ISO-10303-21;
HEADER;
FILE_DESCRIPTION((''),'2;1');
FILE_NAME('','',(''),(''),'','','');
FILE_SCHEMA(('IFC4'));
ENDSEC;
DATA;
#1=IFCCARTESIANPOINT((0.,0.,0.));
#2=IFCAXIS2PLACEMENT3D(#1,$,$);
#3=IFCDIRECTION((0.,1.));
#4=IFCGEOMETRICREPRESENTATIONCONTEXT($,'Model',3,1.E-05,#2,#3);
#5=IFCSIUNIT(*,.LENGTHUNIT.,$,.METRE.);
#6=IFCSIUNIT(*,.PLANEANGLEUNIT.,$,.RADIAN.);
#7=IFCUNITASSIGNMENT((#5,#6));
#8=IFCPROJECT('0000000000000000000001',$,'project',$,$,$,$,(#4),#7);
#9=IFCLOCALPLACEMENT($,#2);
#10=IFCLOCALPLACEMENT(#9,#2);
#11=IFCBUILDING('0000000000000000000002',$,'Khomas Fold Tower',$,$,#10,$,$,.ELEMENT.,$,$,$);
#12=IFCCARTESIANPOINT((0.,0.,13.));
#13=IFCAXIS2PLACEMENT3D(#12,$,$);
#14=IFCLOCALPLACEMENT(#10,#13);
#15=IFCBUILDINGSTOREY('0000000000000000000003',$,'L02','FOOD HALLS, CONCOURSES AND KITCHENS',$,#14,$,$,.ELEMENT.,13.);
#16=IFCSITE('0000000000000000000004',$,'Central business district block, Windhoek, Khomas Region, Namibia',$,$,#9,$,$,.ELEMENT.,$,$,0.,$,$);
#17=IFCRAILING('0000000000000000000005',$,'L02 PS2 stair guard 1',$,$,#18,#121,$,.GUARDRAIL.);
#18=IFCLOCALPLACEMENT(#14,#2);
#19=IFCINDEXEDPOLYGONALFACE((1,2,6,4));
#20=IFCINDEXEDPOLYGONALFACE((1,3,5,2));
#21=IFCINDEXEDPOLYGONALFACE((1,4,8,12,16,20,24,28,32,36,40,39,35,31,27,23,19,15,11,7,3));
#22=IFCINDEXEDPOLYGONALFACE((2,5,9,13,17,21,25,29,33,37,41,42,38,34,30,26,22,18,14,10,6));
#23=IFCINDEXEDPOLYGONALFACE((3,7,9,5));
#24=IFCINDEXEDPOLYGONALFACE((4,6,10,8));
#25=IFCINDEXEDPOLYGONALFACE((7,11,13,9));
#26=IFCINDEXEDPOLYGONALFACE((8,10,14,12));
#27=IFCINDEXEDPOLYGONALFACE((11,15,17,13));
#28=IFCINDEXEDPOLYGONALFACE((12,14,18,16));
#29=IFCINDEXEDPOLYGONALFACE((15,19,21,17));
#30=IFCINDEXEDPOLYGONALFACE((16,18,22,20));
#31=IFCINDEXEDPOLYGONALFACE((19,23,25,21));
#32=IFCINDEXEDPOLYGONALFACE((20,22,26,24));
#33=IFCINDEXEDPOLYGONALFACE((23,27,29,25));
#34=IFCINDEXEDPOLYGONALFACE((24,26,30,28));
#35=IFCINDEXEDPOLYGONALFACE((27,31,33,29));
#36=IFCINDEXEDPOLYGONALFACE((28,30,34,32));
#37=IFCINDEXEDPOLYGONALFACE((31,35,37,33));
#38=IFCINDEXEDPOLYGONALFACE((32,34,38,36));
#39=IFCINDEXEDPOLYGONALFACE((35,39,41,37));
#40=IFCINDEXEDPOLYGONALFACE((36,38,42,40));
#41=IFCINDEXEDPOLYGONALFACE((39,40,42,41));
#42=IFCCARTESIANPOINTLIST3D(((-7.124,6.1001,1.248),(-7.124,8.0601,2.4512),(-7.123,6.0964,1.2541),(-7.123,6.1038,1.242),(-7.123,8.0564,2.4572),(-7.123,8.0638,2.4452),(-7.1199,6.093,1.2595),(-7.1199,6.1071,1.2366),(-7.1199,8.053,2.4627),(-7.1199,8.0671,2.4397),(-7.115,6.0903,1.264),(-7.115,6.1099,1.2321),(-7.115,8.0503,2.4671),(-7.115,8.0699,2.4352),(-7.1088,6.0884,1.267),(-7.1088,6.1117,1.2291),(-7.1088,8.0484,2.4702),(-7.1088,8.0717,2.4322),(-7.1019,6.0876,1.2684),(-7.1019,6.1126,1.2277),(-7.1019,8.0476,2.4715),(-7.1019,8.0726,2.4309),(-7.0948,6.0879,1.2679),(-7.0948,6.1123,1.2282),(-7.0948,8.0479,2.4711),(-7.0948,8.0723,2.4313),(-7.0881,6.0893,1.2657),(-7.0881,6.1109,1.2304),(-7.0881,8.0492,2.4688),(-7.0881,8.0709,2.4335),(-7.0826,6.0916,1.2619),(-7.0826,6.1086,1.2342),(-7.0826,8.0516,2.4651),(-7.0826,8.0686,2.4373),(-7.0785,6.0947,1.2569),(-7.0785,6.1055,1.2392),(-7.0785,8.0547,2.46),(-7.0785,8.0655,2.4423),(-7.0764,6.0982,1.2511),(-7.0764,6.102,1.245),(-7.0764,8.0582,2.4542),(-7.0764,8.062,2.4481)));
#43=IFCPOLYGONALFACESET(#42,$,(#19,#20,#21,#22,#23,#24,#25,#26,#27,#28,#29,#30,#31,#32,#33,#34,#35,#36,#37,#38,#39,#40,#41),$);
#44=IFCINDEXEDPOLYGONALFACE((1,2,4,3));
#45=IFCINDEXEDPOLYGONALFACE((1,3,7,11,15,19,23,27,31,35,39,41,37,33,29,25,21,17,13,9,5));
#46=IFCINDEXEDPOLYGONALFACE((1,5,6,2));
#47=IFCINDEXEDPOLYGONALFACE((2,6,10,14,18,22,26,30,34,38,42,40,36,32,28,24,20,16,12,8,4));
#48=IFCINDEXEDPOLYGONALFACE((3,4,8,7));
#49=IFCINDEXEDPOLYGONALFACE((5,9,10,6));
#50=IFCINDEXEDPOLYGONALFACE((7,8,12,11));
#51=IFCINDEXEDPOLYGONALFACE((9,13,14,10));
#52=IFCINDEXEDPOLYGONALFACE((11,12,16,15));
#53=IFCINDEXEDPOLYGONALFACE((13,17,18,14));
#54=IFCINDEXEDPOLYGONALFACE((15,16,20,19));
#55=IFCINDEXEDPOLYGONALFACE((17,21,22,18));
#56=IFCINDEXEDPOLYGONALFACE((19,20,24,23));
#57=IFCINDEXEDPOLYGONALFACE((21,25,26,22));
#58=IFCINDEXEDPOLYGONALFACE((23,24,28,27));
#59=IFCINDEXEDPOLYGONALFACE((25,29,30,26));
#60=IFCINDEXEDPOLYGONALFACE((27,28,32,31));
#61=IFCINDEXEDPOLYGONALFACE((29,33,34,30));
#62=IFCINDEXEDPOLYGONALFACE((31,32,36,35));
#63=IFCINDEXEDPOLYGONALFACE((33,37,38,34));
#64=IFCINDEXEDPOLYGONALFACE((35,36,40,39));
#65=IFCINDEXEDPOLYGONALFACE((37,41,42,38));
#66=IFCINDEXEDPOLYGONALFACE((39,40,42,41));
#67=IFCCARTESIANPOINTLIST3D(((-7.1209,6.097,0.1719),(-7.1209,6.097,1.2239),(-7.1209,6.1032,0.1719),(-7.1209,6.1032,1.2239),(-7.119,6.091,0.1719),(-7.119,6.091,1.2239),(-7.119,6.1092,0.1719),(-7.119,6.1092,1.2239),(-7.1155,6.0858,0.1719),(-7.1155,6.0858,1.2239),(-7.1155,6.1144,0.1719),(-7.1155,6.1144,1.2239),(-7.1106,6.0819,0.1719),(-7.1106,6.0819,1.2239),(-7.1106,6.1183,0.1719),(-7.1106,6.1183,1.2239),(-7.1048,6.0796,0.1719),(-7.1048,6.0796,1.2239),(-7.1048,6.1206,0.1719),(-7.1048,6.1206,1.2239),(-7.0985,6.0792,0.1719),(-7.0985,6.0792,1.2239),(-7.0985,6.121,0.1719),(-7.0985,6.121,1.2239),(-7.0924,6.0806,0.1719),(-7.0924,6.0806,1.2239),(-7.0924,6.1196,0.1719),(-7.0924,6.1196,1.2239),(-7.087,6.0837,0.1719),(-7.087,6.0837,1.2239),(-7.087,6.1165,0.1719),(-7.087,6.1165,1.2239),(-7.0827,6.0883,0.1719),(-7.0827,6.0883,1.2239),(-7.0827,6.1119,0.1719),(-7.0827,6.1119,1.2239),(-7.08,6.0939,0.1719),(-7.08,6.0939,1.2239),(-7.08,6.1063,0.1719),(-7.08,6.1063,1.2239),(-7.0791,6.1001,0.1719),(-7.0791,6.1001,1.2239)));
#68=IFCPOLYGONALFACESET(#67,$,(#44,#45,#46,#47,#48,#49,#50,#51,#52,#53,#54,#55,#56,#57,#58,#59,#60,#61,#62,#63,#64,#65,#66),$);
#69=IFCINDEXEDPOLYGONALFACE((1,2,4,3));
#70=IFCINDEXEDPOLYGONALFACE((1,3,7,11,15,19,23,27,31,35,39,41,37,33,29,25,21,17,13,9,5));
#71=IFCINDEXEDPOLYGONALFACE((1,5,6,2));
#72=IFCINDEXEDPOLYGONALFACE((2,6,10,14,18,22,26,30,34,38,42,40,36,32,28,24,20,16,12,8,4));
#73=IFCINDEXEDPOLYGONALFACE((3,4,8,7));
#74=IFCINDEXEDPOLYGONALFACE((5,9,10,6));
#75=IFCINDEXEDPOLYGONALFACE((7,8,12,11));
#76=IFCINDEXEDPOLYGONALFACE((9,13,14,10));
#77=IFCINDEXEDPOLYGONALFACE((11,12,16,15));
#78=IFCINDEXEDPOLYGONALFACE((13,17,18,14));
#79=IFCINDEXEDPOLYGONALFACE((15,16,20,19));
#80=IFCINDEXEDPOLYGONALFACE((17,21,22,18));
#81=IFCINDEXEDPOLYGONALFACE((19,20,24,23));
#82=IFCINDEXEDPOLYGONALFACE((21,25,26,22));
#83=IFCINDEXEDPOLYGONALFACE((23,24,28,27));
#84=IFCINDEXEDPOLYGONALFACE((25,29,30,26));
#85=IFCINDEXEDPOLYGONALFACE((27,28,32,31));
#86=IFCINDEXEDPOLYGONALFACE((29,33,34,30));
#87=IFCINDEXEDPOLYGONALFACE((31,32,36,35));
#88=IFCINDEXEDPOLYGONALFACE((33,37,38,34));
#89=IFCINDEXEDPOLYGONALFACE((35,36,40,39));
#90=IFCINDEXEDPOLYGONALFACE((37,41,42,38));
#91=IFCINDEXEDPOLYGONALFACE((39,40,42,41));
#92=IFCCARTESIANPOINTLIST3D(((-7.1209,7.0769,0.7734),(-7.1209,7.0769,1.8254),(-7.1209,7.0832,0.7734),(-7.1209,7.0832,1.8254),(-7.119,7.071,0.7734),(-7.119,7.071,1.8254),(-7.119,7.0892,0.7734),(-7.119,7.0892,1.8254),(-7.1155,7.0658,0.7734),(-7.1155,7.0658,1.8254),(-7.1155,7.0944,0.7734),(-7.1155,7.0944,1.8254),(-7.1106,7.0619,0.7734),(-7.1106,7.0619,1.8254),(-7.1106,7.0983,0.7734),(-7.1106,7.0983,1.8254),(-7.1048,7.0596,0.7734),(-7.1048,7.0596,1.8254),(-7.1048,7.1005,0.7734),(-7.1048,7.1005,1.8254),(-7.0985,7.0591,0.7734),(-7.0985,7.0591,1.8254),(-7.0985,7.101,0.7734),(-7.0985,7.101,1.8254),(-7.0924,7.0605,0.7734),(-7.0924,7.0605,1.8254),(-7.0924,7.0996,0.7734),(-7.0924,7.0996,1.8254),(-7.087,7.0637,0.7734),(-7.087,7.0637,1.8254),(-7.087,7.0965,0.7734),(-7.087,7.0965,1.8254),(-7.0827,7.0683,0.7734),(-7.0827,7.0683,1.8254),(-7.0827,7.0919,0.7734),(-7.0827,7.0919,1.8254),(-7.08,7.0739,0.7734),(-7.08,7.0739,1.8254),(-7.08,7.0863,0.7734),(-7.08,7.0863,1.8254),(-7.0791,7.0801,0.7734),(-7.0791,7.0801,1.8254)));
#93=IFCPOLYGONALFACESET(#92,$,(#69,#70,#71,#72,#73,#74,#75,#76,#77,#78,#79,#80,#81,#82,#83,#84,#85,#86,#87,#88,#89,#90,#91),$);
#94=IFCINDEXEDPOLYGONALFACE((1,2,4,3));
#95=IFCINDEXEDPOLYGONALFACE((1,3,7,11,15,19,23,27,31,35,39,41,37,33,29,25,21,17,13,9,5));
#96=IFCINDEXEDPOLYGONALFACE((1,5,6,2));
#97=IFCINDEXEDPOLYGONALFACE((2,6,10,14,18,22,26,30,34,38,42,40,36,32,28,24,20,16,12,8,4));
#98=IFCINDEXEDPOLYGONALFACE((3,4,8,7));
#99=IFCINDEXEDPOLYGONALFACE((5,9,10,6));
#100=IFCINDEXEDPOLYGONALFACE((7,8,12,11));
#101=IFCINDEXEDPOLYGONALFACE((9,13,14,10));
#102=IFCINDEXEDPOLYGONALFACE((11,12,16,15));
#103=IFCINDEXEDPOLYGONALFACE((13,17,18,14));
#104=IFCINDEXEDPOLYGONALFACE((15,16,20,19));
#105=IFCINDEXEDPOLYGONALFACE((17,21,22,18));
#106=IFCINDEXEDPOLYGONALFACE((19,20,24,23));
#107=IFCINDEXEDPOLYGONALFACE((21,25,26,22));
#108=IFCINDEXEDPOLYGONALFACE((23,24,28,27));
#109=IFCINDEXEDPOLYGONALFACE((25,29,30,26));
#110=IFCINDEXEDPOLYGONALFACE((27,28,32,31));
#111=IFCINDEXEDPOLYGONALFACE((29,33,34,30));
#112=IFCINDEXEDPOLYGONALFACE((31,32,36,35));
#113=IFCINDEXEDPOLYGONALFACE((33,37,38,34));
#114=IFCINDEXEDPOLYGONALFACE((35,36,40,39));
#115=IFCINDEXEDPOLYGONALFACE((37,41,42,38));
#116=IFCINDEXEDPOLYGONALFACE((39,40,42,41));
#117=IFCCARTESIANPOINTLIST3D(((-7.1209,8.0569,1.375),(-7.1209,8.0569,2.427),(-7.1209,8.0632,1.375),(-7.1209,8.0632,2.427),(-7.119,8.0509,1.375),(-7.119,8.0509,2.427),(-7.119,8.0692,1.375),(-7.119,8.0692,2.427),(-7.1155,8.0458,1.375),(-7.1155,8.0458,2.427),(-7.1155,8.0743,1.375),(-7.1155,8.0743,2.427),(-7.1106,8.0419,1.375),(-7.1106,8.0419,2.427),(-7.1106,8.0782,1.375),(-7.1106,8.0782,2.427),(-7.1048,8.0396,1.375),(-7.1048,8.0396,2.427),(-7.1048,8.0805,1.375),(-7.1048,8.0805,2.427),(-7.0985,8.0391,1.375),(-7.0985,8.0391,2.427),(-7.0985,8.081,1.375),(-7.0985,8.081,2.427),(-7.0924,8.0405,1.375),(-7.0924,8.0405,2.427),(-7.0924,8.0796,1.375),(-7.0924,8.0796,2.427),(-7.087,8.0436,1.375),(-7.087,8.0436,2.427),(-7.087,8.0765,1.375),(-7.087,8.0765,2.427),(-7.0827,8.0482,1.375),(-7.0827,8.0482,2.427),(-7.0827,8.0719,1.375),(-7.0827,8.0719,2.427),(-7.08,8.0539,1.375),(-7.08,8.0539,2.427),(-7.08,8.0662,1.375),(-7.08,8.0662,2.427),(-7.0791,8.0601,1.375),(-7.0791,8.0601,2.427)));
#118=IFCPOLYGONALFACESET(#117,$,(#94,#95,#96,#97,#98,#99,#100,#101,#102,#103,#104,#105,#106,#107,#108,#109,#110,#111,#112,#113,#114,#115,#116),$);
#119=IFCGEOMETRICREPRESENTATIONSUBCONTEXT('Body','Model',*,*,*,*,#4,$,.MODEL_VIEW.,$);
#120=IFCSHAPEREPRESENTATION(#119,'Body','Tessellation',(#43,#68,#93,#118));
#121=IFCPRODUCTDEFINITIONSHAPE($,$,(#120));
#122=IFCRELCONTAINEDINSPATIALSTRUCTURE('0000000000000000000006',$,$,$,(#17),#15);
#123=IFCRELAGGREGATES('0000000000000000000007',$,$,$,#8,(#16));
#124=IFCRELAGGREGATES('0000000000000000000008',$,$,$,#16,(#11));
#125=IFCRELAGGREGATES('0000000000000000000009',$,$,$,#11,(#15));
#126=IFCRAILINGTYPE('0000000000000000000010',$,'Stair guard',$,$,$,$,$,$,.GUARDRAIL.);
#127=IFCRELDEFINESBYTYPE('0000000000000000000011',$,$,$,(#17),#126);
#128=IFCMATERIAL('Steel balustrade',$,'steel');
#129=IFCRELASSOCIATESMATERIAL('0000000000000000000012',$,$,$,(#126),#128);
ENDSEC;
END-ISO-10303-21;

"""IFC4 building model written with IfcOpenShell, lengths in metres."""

from ifc_helpers import new_model, si_unit, direction, frame, origin, origin_2d, place, context, subcontext, project, spatial, circle, extrude, source, transform, mapped, material, type_object, element, save


model = new_model("IFC4")

# Units and contexts
model_context = context("Model", 3, precision=1e-05, world=origin(), true_north=direction((0.0, 1.0)))
body_context = subcontext(model_context, "Body", "Model", "MODEL_VIEW")
ifc_project = project(units=[si_unit("LENGTHUNIT", "METRE"), si_unit("PLANEANGLEUNIT", "RADIAN")], contexts=[model_context])

# Site, building, storey
site_placement = place(None, origin())
site = spatial("IfcSite", under=ifc_project, at=site_placement, Name="Central business district block, Windhoek, Khomas Region, Namibia", CompositionType="ELEMENT", RefElevation=0.0)
building_placement = place(site_placement, origin())
building = spatial("IfcBuilding", under=site, at=building_placement, Name="Khomas Fold Tower", CompositionType="ELEMENT")
storey_placement = place(building_placement, frame((0.0, 0.0, 13.0)))
storey = spatial("IfcBuildingStorey", under=building, at=storey_placement, Name="L02", Description="FOOD HALLS, CONCOURSES AND KITCHENS", CompositionType="ELEMENT", Elevation=13.0)

# Railing
ifc_material_1 = material(Name="Steel balustrade", Category="steel")
railing_type_1 = type_object("IfcRailingType", Name="Stair guard", PredefinedType="GUARDRAIL", material=ifc_material_1)
shared_shape_1 = source(origin(), body_context, "Body", "SweptSolid", [
    extrude(circle(Radius=0.0239, at=origin_2d()), frame((0.0, 0.0, 1.0762), z_axis=(0.0, 0.852241, 0.523149), x_axis=(-1.0, 0.0, 0.0)), (0.0, 0.0, 1.0), 2.2998),
    extrude(circle(Radius=0.021, at=origin_2d()), origin(), (0.0, 0.0, 1.0), 1.052),
    extrude(circle(Radius=0.021, at=origin_2d()), frame((0.0, 0.98, 0.6016)), (0.0, 0.0, 1.0), 1.052),
    extrude(circle(Radius=0.021, at=origin_2d()), frame((0.0, 1.96, 1.2031)), (0.0, 0.0, 1.0), 1.052),
])
for number, where, name in (
    (1, (-7.1001, 6.1001, 0.1719), "L02 PS2 stair guard 1"),
):
    element("IfcRailing", number, at=place(storey_placement, frame(where)), inside=storey, type_object=railing_type_1, Name=name, PredefinedType="GUARDRAIL", context=body_context, shape_type="MappedRepresentation", body=[
        mapped(shared_shape_1, transform((0.0, 0.0, 0.0))),
    ])

save(model, "model.ifc")
